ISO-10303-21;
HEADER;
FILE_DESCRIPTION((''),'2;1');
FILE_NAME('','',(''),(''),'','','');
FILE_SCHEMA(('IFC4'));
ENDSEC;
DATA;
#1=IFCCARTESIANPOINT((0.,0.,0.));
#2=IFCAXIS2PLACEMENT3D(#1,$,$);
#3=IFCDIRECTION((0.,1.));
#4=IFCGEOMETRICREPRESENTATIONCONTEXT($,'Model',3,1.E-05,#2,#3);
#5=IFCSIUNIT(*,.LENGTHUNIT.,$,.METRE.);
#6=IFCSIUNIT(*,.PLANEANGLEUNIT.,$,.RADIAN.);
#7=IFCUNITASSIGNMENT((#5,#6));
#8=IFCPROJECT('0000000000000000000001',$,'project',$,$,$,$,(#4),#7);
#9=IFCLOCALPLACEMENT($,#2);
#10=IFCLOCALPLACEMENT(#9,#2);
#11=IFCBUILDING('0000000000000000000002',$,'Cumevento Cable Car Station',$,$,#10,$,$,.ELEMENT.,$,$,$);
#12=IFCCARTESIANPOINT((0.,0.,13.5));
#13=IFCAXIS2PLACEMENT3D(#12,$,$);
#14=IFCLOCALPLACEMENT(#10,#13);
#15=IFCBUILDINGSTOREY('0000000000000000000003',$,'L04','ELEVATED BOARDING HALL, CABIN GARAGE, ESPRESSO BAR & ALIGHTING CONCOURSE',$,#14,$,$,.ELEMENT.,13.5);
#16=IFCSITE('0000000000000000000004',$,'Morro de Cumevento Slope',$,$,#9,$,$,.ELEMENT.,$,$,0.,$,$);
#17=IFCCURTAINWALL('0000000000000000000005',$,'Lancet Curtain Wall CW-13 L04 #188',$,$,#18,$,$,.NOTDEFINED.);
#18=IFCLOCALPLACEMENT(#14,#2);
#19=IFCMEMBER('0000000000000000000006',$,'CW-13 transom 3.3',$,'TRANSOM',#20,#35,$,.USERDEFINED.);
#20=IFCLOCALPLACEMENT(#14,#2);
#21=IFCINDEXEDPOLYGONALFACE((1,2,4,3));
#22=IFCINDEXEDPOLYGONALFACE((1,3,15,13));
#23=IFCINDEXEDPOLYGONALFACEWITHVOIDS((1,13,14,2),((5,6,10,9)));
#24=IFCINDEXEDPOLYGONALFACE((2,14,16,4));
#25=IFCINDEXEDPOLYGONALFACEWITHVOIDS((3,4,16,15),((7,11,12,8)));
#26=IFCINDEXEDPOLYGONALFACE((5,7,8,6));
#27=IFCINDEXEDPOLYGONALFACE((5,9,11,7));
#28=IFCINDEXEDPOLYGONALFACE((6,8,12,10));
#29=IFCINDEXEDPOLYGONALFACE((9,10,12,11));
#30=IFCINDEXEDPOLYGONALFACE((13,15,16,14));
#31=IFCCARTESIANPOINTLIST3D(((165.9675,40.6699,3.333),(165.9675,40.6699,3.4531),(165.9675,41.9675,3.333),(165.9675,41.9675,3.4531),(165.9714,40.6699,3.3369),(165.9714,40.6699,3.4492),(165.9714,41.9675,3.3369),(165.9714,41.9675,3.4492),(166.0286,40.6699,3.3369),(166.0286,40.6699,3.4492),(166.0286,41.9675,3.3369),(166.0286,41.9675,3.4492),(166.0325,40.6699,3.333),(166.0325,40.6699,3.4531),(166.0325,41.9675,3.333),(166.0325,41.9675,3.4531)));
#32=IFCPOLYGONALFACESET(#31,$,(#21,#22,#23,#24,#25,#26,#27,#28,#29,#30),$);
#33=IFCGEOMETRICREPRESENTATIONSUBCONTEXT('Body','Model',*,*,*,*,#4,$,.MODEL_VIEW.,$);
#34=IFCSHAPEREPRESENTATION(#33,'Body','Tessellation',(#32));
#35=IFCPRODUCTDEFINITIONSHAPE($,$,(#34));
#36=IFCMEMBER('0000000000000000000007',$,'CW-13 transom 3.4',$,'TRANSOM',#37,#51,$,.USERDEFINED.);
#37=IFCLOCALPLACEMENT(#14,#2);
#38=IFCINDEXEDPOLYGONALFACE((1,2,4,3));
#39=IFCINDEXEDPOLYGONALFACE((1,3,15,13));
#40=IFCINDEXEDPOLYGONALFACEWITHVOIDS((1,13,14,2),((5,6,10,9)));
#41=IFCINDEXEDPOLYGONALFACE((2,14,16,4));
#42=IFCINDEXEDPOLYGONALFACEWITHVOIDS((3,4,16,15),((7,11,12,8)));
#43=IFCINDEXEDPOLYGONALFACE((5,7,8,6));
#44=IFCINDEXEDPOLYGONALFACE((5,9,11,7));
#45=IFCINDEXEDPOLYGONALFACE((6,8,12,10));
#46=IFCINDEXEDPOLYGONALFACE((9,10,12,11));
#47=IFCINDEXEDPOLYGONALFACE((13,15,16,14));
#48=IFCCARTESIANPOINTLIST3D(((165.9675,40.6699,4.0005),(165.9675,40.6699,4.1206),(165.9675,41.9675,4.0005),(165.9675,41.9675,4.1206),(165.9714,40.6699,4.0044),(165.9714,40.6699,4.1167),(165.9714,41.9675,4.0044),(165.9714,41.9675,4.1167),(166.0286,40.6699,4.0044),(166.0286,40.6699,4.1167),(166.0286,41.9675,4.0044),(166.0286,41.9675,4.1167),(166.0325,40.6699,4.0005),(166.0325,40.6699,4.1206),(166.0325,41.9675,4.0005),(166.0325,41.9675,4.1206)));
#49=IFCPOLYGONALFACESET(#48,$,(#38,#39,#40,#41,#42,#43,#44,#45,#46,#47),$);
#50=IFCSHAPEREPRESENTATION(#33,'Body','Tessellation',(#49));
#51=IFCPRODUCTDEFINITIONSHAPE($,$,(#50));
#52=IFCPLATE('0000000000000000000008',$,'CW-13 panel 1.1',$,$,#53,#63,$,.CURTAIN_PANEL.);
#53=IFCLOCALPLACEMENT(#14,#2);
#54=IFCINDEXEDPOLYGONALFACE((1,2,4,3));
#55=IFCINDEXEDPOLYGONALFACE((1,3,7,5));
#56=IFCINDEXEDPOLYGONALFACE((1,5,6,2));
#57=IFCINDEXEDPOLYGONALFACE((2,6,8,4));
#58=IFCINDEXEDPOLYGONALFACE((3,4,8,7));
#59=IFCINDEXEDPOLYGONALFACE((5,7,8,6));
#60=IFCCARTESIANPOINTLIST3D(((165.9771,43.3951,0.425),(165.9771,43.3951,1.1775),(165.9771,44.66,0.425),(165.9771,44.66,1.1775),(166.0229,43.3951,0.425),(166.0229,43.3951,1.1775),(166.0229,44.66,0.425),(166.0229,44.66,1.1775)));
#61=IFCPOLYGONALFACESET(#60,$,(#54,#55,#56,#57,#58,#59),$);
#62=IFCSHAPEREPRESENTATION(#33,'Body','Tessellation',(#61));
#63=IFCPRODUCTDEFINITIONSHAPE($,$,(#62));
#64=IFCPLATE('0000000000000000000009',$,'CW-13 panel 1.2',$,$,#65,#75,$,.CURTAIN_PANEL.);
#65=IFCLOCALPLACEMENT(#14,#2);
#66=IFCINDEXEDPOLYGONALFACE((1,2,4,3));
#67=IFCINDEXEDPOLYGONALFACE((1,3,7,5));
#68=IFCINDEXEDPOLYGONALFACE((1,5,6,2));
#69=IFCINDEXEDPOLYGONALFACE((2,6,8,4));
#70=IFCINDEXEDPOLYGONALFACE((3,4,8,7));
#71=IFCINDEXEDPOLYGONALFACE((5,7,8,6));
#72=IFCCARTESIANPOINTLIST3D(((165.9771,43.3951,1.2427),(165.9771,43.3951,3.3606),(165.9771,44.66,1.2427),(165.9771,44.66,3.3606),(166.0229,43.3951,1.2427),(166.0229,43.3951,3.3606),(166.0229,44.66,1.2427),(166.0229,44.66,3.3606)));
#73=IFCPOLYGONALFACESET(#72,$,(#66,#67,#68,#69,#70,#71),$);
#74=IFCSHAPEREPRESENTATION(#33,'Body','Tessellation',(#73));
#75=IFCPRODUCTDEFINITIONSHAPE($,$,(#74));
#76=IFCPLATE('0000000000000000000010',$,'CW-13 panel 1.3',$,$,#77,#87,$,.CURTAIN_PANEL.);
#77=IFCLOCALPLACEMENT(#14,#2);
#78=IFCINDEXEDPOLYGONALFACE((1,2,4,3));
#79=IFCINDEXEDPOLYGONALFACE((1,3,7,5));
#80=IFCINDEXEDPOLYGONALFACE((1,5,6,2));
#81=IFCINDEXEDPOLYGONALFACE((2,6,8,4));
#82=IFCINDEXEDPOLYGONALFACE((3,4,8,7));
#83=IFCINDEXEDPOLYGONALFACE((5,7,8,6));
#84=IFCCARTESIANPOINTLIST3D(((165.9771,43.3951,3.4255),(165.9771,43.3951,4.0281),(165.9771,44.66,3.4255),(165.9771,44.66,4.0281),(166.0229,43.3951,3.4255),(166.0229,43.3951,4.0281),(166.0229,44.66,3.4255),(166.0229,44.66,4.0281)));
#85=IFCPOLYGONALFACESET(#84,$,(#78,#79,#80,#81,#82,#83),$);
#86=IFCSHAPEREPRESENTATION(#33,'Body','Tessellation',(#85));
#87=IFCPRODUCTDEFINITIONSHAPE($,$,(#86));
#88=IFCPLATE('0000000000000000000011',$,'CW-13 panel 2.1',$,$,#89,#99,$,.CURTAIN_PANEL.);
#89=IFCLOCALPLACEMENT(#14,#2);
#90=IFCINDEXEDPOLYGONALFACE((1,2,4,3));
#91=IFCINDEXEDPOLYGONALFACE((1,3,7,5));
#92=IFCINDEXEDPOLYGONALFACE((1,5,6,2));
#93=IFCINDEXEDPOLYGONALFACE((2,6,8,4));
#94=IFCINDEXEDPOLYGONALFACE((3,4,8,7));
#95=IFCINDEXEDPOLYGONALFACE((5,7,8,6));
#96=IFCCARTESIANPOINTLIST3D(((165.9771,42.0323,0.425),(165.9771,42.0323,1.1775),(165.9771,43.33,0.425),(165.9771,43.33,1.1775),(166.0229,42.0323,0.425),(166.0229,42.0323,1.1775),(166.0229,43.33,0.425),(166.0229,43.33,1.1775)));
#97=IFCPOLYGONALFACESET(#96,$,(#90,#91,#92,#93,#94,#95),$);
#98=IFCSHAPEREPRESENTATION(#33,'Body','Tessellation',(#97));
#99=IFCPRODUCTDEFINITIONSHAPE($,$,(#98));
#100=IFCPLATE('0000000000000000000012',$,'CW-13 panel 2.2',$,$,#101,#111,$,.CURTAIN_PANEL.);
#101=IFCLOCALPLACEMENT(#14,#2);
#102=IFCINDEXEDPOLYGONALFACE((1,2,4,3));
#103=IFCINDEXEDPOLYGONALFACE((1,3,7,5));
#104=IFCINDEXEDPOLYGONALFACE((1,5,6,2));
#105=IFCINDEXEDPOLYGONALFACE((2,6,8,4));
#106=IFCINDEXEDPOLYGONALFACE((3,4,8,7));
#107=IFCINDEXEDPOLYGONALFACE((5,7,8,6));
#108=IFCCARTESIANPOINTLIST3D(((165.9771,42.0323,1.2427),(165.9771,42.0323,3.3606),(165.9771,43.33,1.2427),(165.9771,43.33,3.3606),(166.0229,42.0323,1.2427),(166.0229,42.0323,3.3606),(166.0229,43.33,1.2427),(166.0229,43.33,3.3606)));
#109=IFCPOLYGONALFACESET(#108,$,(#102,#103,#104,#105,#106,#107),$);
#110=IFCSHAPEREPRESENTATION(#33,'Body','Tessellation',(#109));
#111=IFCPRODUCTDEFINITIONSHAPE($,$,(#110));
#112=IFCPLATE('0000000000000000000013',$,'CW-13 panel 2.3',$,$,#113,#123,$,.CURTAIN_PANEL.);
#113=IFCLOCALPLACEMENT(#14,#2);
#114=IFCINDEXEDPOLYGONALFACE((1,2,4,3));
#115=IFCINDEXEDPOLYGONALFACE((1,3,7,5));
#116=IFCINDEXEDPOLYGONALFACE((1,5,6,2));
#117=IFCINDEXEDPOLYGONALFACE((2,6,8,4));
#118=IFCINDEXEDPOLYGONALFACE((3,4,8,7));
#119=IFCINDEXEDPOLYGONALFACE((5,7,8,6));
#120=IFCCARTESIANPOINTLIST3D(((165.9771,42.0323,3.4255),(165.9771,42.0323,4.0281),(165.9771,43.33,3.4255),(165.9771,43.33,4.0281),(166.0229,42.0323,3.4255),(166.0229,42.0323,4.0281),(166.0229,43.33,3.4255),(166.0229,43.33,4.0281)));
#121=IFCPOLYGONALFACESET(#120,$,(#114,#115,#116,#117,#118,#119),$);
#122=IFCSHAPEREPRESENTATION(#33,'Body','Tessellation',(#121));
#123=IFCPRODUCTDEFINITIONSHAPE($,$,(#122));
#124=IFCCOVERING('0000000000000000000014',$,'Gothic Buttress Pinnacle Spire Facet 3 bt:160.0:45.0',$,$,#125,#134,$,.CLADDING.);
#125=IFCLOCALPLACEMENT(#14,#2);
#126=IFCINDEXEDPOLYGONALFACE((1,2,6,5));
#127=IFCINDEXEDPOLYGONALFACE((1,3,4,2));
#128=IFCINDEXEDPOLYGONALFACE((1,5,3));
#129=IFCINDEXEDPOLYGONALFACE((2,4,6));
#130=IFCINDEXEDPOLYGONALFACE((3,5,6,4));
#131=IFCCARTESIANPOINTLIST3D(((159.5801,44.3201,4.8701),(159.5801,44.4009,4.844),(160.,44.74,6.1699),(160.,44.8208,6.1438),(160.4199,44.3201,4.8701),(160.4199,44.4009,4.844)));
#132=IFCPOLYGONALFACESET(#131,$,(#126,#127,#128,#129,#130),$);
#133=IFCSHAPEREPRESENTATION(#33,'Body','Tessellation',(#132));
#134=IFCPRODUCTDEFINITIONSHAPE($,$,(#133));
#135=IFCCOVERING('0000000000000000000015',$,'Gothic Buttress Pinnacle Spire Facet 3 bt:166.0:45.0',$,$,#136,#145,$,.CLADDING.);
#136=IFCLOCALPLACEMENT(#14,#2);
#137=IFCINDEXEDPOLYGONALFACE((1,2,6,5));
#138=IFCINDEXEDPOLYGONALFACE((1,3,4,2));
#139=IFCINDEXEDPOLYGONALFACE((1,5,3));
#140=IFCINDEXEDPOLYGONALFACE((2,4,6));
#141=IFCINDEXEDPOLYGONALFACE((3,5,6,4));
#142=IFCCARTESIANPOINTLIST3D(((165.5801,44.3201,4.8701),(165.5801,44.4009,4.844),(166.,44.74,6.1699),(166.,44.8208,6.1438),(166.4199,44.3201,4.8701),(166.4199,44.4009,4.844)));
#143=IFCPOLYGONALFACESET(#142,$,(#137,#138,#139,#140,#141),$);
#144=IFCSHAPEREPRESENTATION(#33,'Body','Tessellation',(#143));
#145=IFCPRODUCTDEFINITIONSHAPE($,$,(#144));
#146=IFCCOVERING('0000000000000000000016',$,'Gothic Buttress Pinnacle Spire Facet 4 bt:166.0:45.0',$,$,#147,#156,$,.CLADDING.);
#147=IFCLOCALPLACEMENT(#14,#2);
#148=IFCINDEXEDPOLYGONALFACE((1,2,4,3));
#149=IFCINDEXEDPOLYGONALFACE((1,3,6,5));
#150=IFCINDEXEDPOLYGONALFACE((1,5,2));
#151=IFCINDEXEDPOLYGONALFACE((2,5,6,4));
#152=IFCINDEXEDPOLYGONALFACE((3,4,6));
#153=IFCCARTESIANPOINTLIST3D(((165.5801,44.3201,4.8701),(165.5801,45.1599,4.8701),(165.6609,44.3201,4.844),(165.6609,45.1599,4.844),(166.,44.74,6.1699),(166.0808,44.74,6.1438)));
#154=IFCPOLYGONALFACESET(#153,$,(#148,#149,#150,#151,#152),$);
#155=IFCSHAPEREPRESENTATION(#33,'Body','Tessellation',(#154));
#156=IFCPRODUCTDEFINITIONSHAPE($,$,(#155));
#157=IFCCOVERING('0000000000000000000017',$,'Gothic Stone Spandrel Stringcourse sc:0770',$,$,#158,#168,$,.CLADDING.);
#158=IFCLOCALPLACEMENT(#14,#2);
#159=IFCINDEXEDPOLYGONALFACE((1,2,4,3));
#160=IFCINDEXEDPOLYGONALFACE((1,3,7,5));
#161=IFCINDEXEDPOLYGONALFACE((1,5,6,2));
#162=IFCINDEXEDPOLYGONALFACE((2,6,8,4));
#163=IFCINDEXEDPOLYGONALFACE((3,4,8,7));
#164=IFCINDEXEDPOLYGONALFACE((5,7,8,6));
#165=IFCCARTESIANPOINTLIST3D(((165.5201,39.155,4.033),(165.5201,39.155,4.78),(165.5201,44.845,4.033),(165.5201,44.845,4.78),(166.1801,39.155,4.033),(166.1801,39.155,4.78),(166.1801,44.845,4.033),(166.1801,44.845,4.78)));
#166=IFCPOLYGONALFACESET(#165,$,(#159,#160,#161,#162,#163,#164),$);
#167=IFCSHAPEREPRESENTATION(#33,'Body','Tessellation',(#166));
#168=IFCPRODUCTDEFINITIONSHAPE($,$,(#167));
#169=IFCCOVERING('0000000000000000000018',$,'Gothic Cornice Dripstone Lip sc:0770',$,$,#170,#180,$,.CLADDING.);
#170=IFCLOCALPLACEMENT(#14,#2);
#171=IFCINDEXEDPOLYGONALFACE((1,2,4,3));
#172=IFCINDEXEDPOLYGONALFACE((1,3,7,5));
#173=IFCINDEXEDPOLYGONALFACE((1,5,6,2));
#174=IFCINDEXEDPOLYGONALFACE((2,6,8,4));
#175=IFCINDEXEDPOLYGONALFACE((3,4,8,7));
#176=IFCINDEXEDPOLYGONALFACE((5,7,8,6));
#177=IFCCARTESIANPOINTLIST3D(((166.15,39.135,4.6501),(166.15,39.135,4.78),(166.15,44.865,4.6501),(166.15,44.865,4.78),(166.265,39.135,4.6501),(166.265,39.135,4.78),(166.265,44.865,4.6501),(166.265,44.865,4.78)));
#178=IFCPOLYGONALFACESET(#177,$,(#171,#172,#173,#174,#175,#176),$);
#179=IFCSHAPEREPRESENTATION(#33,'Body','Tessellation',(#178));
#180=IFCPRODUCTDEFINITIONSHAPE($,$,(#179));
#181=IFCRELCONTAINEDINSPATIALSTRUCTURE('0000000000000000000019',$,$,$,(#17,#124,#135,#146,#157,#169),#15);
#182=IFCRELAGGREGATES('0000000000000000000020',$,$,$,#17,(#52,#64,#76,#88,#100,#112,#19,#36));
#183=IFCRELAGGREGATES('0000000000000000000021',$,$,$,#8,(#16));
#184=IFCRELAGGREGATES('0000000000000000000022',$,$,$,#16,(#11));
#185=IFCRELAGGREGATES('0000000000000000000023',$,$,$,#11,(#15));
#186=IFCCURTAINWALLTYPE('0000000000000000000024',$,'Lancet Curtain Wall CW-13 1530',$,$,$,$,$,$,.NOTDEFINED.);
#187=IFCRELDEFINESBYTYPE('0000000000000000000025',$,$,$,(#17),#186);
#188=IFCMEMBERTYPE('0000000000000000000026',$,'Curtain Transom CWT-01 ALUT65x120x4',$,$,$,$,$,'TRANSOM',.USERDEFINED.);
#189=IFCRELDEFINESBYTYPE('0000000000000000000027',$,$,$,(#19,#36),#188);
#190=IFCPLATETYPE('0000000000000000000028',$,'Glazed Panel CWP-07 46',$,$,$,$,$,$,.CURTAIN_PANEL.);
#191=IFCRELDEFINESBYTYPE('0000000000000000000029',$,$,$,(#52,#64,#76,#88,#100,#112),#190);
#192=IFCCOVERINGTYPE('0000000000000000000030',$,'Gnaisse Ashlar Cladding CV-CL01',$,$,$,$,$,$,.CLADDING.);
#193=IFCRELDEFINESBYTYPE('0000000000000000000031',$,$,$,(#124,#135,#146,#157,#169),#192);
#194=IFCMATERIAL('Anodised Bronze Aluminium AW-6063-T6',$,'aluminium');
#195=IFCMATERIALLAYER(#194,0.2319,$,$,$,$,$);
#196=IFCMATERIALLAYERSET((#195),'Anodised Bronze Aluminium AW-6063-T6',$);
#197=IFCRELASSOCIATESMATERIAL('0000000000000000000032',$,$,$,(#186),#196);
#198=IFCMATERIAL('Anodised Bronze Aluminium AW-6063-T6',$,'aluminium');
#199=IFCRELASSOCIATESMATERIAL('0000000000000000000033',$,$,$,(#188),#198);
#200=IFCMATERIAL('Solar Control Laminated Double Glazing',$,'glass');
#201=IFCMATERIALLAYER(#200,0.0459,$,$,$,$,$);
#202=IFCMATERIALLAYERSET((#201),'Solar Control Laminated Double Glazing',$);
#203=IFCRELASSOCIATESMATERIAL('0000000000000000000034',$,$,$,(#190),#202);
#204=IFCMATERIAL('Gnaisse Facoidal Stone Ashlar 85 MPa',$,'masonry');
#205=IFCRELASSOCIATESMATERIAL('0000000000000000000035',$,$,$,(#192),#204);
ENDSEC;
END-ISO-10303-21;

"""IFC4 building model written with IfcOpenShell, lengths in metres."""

from ifc_helpers import new_model, si_unit, direction, frame, origin, origin_2d, place, context, subcontext, project, spatial, polyline, rectangle, hollow_rectangle, outline, extrude, material, layer, layer_set, material_profile, profile_set, type_object, element, aggregate, save


model = new_model("IFC4")

# Units and contexts
model_context = context("Model", 3, precision=1e-05, world=origin(), true_north=direction((0.0, 1.0)))
body_context = subcontext(model_context, "Body", "Model", "MODEL_VIEW")
ifc_project = project(units=[si_unit("LENGTHUNIT", "METRE"), si_unit("PLANEANGLEUNIT", "RADIAN")], contexts=[model_context])

# Site, building, storey
site_placement = place(None, origin())
site = spatial("IfcSite", under=ifc_project, at=site_placement, Name="Morro de Cumevento Slope", CompositionType="ELEMENT", RefElevation=0.0)
building_placement = place(site_placement, origin())
building = spatial("IfcBuilding", under=site, at=building_placement, Name="Cumevento Cable Car Station", CompositionType="ELEMENT")
storey_placement = place(building_placement, frame((0.0, 0.0, 13.5)))
storey = spatial("IfcBuildingStorey", under=building, at=storey_placement, Name="L04", Description="ELEVATED BOARDING HALL, CABIN GARAGE, ESPRESSO BAR & ALIGHTING CONCOURSE", CompositionType="ELEMENT", Elevation=13.5)

# Curtain wall, members, plates
ifc_material_1 = material(Name="Anodised Bronze Aluminium AW-6063-T6", Category="aluminium")
ifc_layer_1 = layer(ifc_material_1, 0.2319)
ifc_layer_set_1 = layer_set([ifc_layer_1], Name="Anodised Bronze Aluminium AW-6063-T6")
curtain_wall_type = type_object("IfcCurtainWallType", Name="Lancet Curtain Wall CW-13 1530", PredefinedType="NOTDEFINED", material=ifc_layer_set_1)
curtain_wall_placement = place(storey_placement, origin())
curtain_wall = element("IfcCurtainWall", 1, at=curtain_wall_placement, inside=storey, type_object=curtain_wall_type, Name="Lancet Curtain Wall CW-13 L04 #188", PredefinedType="NOTDEFINED")
ifc_material_2 = material(Name="Anodised Bronze Aluminium AW-6063-T6", Category="aluminium")
ifc_material_profile_1 = material_profile(ifc_material_2, hollow_rectangle(XDim=0.0649, YDim=0.1201, WallThickness=0.0039, at=origin_2d()), Name="ALUT65x120x4")
ifc_profile_set_1 = profile_set([ifc_material_profile_1], Name="Anodised Bronze Aluminium AW-6063-T6")
member_type_1 = type_object("IfcMemberType", Name="Curtain Transom CWT-01 ALUT65x120x4", ElementType="TRANSOM", PredefinedType="USERDEFINED", material=ifc_profile_set_1)
member_1_placement = place(storey_placement, frame((166.0, 41.9675, 3.3931), z_axis=(0.0, -1.0, 0.0), x_axis=(1.0, 0.0, 0.0)))
member_1 = element("IfcMember", 2, at=member_1_placement, type_object=member_type_1, Name="CW-13 transom 3.3", ObjectType="TRANSOM", PredefinedType="USERDEFINED", context=body_context, shape_type="SweptSolid", body=[
    extrude(hollow_rectangle(XDim=0.0649, YDim=0.1201, WallThickness=0.0039, at=origin_2d()), origin(), (0.0, 0.0, 1.0), 1.2976),
])
member_2_placement = place(storey_placement, frame((166.0, 41.9675, 4.0605), z_axis=(0.0, -1.0, 0.0), x_axis=(1.0, 0.0, 0.0)))
member_2 = element("IfcMember", 3, at=member_2_placement, type_object=member_type_1, Name="CW-13 transom 3.4", ObjectType="TRANSOM", PredefinedType="USERDEFINED", context=body_context, shape_type="SweptSolid", body=[
    extrude(hollow_rectangle(XDim=0.0649, YDim=0.1201, WallThickness=0.0039, at=origin_2d()), origin(), (0.0, 0.0, 1.0), 1.2976),
])
ifc_material_3 = material(Name="Solar Control Laminated Double Glazing", Category="glass")
ifc_layer_2 = layer(ifc_material_3, 0.0459)
ifc_layer_set_2 = layer_set([ifc_layer_2], Name="Solar Control Laminated Double Glazing")
plate_type = type_object("IfcPlateType", Name="Glazed Panel CWP-07 46", PredefinedType="CURTAIN_PANEL", material=ifc_layer_set_2)
plate_1_placement = place(storey_placement, frame((166.0, 44.0276, 0.425), z_axis=(0.0, 0.0, 1.0), x_axis=(0.0, -1.0, 0.0)))
plate_1 = element("IfcPlate", 4, at=plate_1_placement, type_object=plate_type, Name="CW-13 panel 1.1", PredefinedType="CURTAIN_PANEL", context=body_context, shape_type="SweptSolid", body=[
    extrude(rectangle(XDim=1.2649, YDim=0.0459, at=origin_2d()), origin(), (0.0, 0.0, 1.0), 0.7524),
])
plate_2_placement = place(storey_placement, frame((166.0, 44.0276, 1.2427), z_axis=(0.0, 0.0, 1.0), x_axis=(0.0, -1.0, 0.0)))
plate_2 = element("IfcPlate", 5, at=plate_2_placement, type_object=plate_type, Name="CW-13 panel 1.2", PredefinedType="CURTAIN_PANEL", context=body_context, shape_type="SweptSolid", body=[
    extrude(rectangle(XDim=1.2649, YDim=0.0459, at=origin_2d()), origin(), (0.0, 0.0, 1.0), 2.1179),
])
plate_3_placement = place(storey_placement, frame((166.0, 44.0276, 3.4255), z_axis=(0.0, 0.0, 1.0), x_axis=(0.0, -1.0, 0.0)))
plate_3 = element("IfcPlate", 6, at=plate_3_placement, type_object=plate_type, Name="CW-13 panel 1.3", PredefinedType="CURTAIN_PANEL", context=body_context, shape_type="SweptSolid", body=[
    extrude(rectangle(XDim=1.2649, YDim=0.0459, at=origin_2d()), origin(), (0.0, 0.0, 1.0), 0.6025),
])
plate_4_placement = place(storey_placement, frame((166.0, 42.6812, 0.425), z_axis=(0.0, 0.0, 1.0), x_axis=(0.0, -1.0, 0.0)))
plate_4 = element("IfcPlate", 7, at=plate_4_placement, type_object=plate_type, Name="CW-13 panel 2.1", PredefinedType="CURTAIN_PANEL", context=body_context, shape_type="SweptSolid", body=[
    extrude(rectangle(XDim=1.2976, YDim=0.0459, at=origin_2d()), origin(), (0.0, 0.0, 1.0), 0.7524),
])
plate_5_placement = place(storey_placement, frame((166.0, 42.6812, 1.2427), z_axis=(0.0, 0.0, 1.0), x_axis=(0.0, -1.0, 0.0)))
plate_5 = element("IfcPlate", 8, at=plate_5_placement, type_object=plate_type, Name="CW-13 panel 2.2", PredefinedType="CURTAIN_PANEL", context=body_context, shape_type="SweptSolid", body=[
    extrude(rectangle(XDim=1.2976, YDim=0.0459, at=origin_2d()), origin(), (0.0, 0.0, 1.0), 2.1179),
])
plate_6_placement = place(storey_placement, frame((166.0, 42.6812, 3.4255), z_axis=(0.0, 0.0, 1.0), x_axis=(0.0, -1.0, 0.0)))
plate_6 = element("IfcPlate", 9, at=plate_6_placement, type_object=plate_type, Name="CW-13 panel 2.3", PredefinedType="CURTAIN_PANEL", context=body_context, shape_type="SweptSolid", body=[
    extrude(rectangle(XDim=1.2976, YDim=0.0459, at=origin_2d()), origin(), (0.0, 0.0, 1.0), 0.6025),
])
aggregate(curtain_wall, [plate_1, plate_2, plate_3, plate_4, plate_5, plate_6, member_1, member_2])

# Coverings
ifc_material_4 = material(Name="Gnaisse Facoidal Stone Ashlar 85 MPa", Category="masonry")
covering_type = type_object("IfcCoveringType", Name="Gnaisse Ashlar Cladding CV-CL01", PredefinedType="CLADDING", material=ifc_material_4)
for number, where, z_axis, x_axis, name in (
    (10, (160.4199, 44.3201, 4.8701), (0.0, -0.951574, 0.307421), (-1.0, 0.0, 0.0), "Gothic Buttress Pinnacle Spire Facet 3 bt:160.0:45.0"),
    (11, (166.4199, 44.3201, 4.8701), (0.0, -0.951574, 0.307421), (-1.0, 0.0, 0.0), "Gothic Buttress Pinnacle Spire Facet 3 bt:166.0:45.0"),
    (12, (165.5801, 44.3201, 4.8701), (-0.951574, 0.0, 0.307421), (0.0, 1.0, 0.0), "Gothic Buttress Pinnacle Spire Facet 4 bt:166.0:45.0"),
):
    element("IfcCovering", number, at=place(storey_placement, frame(where, z_axis=z_axis, x_axis=x_axis)), inside=storey, type_object=covering_type, Name=name, PredefinedType="CLADDING", context=body_context, shape_type="SweptSolid", body=[
        extrude(outline(polyline([(0.0, 0.0), (0.8398, 0.0), (0.4199, -1.366), (0.0, 0.0)])), origin(), (0.0, 0.0, -1.0), 0.085),
    ])
covering_1_placement = place(storey_placement, frame((165.8501, 42.0, 4.033), z_axis=(0.0, 0.0, 1.0), x_axis=(0.0, -1.0, 0.0)))
element("IfcCovering", 13, at=covering_1_placement, inside=storey, type_object=covering_type, Name="Gothic Stone Spandrel Stringcourse sc:0770", PredefinedType="CLADDING", context=body_context, shape_type="SweptSolid", body=[
    extrude(rectangle(XDim=5.6899, YDim=0.6599, at=origin_2d()), origin(), (0.0, 0.0, 1.0), 0.7471),
])
covering_2_placement = place(storey_placement, frame((166.2075, 42.0, 4.6501), z_axis=(0.0, 0.0, 1.0), x_axis=(0.0, -1.0, 0.0)))
element("IfcCovering", 14, at=covering_2_placement, inside=storey, type_object=covering_type, Name="Gothic Cornice Dripstone Lip sc:0770", PredefinedType="CLADDING", context=body_context, shape_type="SweptSolid", body=[
    extrude(rectangle(XDim=5.73, YDim=0.115, at=origin_2d()), origin(), (0.0, 0.0, 1.0), 0.1299),
])

save(model, "model.ifc")
